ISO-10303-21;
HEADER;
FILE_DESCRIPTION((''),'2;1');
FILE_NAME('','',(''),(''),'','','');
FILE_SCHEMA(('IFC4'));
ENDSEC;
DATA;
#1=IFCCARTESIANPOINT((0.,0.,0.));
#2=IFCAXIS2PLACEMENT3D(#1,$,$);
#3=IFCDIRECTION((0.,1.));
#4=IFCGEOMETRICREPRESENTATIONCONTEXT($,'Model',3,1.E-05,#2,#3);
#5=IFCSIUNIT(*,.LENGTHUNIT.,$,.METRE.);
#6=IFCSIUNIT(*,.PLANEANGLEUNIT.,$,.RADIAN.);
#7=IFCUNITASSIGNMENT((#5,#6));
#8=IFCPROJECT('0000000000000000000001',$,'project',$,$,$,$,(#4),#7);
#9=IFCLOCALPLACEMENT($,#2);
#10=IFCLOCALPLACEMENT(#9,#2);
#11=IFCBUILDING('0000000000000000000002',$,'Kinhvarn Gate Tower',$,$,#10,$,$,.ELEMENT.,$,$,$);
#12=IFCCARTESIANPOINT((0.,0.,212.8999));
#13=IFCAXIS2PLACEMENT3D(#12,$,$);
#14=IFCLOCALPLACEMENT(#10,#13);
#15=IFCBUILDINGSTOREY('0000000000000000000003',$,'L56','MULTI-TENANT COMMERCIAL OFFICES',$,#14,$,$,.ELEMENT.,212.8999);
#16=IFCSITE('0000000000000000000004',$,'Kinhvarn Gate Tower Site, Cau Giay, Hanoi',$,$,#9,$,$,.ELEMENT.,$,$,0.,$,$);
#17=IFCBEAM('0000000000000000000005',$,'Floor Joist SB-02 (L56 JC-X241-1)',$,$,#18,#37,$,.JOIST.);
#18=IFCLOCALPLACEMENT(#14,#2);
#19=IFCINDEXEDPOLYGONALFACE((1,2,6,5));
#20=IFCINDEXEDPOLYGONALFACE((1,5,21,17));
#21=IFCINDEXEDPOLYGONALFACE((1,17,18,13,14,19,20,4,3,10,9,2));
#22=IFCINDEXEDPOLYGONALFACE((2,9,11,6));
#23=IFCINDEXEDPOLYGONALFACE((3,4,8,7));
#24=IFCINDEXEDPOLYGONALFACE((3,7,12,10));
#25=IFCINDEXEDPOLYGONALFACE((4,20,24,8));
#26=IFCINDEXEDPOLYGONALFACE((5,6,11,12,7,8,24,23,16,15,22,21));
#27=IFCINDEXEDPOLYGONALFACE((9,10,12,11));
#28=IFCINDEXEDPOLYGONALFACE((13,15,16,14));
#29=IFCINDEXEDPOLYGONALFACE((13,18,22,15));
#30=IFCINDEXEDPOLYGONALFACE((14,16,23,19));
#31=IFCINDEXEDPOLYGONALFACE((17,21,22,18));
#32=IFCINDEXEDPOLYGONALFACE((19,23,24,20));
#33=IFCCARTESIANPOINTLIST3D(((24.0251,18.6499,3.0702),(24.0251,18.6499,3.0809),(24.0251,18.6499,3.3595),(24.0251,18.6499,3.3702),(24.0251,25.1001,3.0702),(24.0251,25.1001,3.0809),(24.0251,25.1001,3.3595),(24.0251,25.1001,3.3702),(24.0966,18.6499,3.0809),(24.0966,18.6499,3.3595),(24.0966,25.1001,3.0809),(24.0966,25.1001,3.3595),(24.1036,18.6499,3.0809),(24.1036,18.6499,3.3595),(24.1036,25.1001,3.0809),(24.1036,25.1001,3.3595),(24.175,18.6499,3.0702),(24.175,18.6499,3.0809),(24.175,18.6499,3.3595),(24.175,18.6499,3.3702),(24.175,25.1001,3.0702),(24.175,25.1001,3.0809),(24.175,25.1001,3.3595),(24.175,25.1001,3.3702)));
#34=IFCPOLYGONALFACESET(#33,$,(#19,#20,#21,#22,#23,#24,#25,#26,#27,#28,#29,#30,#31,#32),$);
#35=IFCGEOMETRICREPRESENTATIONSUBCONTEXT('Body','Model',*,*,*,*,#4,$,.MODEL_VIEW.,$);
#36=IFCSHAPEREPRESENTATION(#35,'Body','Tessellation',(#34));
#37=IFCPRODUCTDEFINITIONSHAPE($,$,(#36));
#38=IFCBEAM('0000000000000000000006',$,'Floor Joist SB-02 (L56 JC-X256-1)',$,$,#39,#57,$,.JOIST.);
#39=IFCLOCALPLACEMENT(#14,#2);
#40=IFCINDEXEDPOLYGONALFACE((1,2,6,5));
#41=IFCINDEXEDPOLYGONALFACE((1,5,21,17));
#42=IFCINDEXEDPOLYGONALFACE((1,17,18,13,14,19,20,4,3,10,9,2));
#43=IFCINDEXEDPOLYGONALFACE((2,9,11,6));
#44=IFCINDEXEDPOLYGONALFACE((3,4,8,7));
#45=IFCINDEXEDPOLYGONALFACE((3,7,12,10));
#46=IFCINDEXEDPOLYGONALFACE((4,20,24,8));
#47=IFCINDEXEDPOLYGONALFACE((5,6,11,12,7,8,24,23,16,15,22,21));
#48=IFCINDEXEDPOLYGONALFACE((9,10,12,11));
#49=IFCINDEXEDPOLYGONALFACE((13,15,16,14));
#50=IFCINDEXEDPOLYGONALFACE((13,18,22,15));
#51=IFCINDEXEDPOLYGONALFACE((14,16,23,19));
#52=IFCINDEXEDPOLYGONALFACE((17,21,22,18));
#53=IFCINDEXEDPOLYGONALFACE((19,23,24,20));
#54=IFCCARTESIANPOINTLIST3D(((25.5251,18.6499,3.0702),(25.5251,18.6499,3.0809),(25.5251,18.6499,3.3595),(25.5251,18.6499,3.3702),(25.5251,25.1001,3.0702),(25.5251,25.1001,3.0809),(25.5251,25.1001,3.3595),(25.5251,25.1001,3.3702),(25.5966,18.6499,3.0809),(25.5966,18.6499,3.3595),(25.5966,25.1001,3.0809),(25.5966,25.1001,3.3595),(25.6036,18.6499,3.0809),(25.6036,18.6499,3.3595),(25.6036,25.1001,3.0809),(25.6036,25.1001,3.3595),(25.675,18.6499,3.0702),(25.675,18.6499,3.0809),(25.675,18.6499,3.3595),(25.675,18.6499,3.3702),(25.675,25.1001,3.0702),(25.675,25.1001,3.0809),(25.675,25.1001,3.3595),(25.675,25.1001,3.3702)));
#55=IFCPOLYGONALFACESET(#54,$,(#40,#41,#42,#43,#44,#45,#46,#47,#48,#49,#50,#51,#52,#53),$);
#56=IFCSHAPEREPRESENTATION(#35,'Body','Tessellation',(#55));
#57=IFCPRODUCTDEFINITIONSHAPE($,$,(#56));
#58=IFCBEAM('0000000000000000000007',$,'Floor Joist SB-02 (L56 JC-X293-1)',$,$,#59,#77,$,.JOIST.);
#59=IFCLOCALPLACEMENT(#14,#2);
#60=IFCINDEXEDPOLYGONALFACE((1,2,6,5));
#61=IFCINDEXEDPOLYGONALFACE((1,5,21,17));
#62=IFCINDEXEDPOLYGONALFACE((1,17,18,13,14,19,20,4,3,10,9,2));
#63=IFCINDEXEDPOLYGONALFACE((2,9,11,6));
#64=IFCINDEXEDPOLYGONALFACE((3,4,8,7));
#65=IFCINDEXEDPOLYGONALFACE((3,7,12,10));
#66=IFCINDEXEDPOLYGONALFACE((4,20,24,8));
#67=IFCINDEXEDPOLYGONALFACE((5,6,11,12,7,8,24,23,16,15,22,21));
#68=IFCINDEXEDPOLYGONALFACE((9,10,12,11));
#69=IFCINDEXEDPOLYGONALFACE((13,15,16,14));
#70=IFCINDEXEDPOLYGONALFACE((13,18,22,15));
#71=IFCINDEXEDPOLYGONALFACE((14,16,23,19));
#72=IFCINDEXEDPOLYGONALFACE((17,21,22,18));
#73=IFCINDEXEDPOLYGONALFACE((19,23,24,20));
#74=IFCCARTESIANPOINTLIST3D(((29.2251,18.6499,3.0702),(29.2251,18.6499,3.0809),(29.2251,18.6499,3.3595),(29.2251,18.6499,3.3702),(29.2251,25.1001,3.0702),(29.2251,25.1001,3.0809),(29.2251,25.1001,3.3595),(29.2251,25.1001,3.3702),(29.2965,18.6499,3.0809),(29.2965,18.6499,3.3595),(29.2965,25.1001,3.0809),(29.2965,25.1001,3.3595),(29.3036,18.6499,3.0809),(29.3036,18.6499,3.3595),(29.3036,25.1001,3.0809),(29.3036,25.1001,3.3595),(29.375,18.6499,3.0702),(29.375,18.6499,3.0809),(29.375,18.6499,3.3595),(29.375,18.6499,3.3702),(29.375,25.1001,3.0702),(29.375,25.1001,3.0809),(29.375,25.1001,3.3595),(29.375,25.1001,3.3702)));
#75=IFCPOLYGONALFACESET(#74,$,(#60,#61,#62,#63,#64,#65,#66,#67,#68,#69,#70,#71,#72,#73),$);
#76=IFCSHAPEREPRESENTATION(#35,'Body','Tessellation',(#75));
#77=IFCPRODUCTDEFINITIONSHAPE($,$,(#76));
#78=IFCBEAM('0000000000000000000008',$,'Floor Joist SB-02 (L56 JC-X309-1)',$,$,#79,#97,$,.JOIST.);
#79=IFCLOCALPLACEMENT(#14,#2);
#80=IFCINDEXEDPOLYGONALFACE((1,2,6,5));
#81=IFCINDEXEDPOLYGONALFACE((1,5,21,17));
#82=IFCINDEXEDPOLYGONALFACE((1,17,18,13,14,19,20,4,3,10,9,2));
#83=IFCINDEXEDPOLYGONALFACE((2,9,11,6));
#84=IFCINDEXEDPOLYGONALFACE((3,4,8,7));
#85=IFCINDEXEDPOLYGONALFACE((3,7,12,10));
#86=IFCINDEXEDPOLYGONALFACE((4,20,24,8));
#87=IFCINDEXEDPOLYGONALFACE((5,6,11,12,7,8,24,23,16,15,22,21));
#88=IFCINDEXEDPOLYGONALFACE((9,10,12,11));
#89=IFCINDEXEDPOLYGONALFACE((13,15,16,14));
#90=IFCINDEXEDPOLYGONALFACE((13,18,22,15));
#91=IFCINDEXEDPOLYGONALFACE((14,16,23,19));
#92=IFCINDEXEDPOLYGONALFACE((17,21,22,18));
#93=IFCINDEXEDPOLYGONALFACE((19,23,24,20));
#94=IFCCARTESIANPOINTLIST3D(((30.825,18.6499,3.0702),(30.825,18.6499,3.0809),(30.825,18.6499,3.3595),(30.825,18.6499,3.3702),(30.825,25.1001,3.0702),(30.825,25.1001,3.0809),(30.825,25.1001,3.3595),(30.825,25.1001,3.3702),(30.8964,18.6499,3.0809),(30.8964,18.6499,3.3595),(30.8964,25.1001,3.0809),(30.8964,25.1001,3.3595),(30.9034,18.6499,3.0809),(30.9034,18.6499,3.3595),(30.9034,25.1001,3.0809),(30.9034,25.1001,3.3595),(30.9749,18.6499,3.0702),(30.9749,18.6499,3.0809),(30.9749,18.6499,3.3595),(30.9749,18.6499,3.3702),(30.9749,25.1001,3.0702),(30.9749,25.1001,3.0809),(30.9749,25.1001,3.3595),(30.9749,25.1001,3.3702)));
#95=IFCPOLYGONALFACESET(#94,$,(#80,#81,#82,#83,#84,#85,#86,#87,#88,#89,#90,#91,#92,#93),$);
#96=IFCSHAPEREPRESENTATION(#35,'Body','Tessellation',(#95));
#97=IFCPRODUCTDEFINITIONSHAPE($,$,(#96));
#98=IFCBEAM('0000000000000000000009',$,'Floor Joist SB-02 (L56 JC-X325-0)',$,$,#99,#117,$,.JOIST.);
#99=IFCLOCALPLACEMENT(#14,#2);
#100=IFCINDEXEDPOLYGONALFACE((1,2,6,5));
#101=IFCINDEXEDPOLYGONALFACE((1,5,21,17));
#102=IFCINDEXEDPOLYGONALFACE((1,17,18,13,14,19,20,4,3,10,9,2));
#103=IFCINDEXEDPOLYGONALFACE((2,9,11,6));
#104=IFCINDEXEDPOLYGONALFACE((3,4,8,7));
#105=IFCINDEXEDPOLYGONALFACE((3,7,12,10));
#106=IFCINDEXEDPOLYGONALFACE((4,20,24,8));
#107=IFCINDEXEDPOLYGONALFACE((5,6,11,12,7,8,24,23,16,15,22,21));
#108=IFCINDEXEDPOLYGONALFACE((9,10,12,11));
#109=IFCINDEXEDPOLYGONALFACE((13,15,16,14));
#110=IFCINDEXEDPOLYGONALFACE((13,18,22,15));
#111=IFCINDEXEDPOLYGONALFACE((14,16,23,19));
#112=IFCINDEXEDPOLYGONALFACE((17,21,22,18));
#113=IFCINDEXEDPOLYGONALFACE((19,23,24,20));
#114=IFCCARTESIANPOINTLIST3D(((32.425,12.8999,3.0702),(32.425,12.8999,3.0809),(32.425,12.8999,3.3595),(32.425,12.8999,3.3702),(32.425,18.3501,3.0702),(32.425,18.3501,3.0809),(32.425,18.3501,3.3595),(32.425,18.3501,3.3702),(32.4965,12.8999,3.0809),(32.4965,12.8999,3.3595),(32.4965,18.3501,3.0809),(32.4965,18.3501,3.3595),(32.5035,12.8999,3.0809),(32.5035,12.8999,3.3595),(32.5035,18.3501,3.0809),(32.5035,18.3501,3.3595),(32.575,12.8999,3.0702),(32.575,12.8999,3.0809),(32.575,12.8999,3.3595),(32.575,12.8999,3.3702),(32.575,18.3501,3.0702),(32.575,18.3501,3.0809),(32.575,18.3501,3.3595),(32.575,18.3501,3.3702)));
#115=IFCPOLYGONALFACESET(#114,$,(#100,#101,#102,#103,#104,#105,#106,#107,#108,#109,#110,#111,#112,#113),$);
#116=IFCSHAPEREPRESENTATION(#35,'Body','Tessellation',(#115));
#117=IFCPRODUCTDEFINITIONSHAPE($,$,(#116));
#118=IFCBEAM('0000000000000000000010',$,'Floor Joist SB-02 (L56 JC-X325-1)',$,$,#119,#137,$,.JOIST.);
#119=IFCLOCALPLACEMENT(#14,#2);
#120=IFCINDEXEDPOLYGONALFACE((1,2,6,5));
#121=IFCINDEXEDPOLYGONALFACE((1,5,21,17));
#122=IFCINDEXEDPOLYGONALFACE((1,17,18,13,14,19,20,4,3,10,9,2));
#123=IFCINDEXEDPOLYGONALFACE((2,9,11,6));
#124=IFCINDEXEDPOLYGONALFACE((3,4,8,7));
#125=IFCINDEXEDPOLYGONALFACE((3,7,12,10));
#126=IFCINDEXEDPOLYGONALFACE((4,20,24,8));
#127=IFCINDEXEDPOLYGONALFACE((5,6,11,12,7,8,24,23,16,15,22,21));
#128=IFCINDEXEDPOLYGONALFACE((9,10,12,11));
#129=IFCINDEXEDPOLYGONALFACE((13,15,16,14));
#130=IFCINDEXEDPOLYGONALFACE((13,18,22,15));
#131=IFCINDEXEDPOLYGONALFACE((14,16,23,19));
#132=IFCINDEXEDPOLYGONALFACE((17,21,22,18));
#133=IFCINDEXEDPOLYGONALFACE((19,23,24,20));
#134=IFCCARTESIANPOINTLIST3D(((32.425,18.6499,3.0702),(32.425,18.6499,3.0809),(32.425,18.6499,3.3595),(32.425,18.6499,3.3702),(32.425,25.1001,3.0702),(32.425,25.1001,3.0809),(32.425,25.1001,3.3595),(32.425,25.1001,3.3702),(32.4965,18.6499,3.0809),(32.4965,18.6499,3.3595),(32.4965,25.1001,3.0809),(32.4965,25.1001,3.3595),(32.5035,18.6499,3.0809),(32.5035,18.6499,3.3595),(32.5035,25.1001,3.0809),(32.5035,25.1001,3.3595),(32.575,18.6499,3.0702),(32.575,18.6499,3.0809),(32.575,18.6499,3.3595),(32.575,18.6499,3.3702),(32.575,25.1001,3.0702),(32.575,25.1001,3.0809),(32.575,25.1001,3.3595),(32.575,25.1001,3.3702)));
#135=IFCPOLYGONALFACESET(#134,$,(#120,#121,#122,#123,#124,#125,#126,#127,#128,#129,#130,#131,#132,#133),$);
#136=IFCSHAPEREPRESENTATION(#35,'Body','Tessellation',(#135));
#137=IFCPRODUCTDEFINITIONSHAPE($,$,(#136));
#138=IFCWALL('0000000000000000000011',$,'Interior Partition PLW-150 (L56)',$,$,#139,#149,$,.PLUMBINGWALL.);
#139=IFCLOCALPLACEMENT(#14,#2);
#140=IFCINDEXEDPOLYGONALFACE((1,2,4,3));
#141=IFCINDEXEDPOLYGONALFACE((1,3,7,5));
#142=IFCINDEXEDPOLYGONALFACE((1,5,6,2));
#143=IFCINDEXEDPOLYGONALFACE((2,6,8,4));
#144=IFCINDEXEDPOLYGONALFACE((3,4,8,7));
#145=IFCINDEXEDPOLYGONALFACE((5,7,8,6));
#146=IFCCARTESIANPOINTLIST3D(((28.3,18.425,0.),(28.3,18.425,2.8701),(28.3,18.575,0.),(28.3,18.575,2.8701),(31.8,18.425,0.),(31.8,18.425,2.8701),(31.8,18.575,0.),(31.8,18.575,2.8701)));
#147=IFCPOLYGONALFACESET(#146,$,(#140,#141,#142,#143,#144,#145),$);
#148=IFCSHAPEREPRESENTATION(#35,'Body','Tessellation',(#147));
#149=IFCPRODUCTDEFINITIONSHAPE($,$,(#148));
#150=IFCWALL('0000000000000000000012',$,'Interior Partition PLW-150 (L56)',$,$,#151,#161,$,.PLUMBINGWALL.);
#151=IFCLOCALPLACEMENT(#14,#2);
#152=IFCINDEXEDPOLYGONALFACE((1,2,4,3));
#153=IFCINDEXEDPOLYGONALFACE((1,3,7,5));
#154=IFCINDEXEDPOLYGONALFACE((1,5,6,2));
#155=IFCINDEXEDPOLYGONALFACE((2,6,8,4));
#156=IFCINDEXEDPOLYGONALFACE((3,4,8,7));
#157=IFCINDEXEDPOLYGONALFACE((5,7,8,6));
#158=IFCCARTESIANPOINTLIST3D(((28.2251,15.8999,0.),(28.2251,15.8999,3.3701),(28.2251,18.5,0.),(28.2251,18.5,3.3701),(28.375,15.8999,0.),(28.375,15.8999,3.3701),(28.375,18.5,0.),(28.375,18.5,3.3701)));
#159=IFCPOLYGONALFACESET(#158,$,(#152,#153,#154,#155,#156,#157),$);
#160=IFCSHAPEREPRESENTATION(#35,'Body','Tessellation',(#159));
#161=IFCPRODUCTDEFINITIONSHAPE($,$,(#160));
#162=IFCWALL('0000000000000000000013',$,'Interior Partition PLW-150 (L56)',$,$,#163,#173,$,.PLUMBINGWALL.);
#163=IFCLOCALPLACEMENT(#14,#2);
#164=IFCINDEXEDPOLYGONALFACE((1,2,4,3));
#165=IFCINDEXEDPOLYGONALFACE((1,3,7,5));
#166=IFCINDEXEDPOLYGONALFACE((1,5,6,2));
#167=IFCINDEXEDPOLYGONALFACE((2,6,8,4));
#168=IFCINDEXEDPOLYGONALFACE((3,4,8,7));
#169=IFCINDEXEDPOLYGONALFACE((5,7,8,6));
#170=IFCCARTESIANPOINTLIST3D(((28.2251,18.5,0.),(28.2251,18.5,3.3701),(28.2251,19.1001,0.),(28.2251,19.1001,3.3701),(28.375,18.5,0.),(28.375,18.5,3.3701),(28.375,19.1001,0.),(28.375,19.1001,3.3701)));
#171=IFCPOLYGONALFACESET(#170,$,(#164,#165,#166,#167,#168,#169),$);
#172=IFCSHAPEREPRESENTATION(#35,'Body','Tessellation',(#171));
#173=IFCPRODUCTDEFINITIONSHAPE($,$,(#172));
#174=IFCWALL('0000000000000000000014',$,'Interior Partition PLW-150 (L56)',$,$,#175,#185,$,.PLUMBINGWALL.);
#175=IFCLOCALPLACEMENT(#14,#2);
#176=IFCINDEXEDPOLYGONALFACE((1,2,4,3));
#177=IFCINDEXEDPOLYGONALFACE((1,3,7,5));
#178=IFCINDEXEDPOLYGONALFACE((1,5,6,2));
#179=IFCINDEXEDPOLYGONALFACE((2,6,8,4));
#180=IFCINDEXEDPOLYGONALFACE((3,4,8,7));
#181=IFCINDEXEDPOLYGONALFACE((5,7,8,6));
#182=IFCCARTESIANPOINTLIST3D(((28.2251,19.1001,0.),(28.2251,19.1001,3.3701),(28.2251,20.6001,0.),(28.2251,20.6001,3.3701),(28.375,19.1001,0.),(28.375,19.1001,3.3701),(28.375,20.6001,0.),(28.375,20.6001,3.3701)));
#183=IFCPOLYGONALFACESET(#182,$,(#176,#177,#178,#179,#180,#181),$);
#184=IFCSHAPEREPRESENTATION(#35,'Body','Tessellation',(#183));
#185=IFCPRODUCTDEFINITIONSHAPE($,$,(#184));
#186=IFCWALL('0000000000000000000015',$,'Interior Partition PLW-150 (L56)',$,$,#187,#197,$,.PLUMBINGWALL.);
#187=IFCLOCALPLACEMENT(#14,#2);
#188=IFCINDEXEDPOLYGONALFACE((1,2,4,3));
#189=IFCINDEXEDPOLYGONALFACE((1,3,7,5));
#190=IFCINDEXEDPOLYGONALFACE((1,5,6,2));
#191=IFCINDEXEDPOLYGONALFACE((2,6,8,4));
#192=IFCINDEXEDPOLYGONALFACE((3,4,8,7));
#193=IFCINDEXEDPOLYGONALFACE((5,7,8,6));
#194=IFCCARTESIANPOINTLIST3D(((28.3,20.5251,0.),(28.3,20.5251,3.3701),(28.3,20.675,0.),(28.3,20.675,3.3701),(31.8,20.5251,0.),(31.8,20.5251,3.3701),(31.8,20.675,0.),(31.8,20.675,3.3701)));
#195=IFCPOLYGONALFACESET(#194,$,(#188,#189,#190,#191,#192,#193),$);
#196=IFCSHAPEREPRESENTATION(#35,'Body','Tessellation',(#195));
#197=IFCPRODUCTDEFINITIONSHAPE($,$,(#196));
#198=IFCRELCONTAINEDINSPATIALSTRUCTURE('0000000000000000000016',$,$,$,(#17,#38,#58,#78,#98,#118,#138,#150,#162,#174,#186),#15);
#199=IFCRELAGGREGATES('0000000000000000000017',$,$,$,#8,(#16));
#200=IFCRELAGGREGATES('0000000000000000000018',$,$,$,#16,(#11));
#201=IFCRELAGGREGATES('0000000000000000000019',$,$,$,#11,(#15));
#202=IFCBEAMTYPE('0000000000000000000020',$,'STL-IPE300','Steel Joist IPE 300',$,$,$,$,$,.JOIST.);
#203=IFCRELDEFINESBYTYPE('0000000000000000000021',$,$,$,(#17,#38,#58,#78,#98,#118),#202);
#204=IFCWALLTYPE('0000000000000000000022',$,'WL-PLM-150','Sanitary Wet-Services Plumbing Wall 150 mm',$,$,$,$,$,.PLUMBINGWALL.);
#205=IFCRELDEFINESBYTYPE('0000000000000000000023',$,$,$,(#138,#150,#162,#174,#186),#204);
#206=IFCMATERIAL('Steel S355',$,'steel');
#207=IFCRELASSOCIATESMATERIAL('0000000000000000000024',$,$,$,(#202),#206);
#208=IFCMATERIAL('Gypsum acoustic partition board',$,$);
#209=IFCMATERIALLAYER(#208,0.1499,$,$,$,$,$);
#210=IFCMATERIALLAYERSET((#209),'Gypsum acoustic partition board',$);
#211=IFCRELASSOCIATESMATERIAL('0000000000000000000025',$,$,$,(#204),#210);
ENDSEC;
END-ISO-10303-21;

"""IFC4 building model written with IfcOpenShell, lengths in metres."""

from ifc_helpers import new_model, si_unit, direction, frame, frame_2d, origin, origin_2d, place, context, subcontext, project, spatial, rectangle, i_section, extrude, material, layer, layer_set, material_profile, profile_set, type_object, element, save


model = new_model("IFC4")

# Units and contexts
model_context = context("Model", 3, precision=1e-05, world=origin(), true_north=direction((0.0, 1.0)))
body_context = subcontext(model_context, "Body", "Model", "MODEL_VIEW")
ifc_project = project(units=[si_unit("LENGTHUNIT", "METRE"), si_unit("PLANEANGLEUNIT", "RADIAN")], contexts=[model_context])

# Site, building, storey
site_placement = place(None, origin())
site = spatial("IfcSite", under=ifc_project, at=site_placement, Name="Kinhvarn Gate Tower Site, Cau Giay, Hanoi", CompositionType="ELEMENT", RefElevation=0.0)
building_placement = place(site_placement, origin())
building = spatial("IfcBuilding", under=site, at=building_placement, Name="Kinhvarn Gate Tower", CompositionType="ELEMENT")
storey_placement = place(building_placement, frame((0.0, 0.0, 212.8999)))
storey = spatial("IfcBuildingStorey", under=building, at=storey_placement, Name="L56", Description="MULTI-TENANT COMMERCIAL OFFICES", CompositionType="ELEMENT", Elevation=212.8999)

# Beams
ifc_material_1 = material(Name="Steel S355", Category="steel")
ifc_material_profile = material_profile(ifc_material_1, i_section(OverallWidth=0.1499, OverallDepth=0.3, WebThickness=0.0071, FlangeThickness=0.0107, at=origin_2d()), Name="IPE 300")
ifc_profile_set = profile_set([ifc_material_profile], Name="Steel S355")
beam_type = type_object("IfcBeamType", Name="STL-IPE300", Description="Steel Joist IPE 300", PredefinedType="JOIST", material=ifc_profile_set)
for number, where, z_axis, x_axis, name in (
    (1, (24.1001, 18.6499, 3.2202), (0.0, 1.0, 0.0), (-1.0, 0.0, 0.0), "Floor Joist SB-02 (L56 JC-X241-1)"),
    (2, (25.6001, 18.6499, 3.2202), (0.0, 1.0, 0.0), (-1.0, 0.0, 0.0), "Floor Joist SB-02 (L56 JC-X256-1)"),
    (3, (29.3, 18.6499, 3.2202), (0.0, 1.0, 0.0), (-1.0, 0.0, 0.0), "Floor Joist SB-02 (L56 JC-X293-1)"),
    (4, (30.8999, 18.6499, 3.2202), (0.0, 1.0, 0.0), (-1.0, 0.0, 0.0), "Floor Joist SB-02 (L56 JC-X309-1)"),
):
    element("IfcBeam", number, at=place(storey_placement, frame(where, z_axis=z_axis, x_axis=x_axis)), inside=storey, type_object=beam_type, Name=name, PredefinedType="JOIST", context=body_context, shape_type="SweptSolid", body=[
        extrude(i_section(OverallWidth=0.1499, OverallDepth=0.3, WebThickness=0.0071, FlangeThickness=0.0107, at=origin_2d()), origin(), (0.0, 0.0, 1.0), 6.4502),
    ])
beam_1_placement = place(storey_placement, frame((32.5, 12.8999, 3.2202), z_axis=(0.0, 1.0, 0.0), x_axis=(-1.0, 0.0, 0.0)))
element("IfcBeam", 5, at=beam_1_placement, inside=storey, type_object=beam_type, Name="Floor Joist SB-02 (L56 JC-X325-0)", PredefinedType="JOIST", context=body_context, shape_type="SweptSolid", body=[
    extrude(i_section(OverallWidth=0.1499, OverallDepth=0.3, WebThickness=0.0071, FlangeThickness=0.0107, at=origin_2d()), origin(), (0.0, 0.0, 1.0), 5.4502),
])
beam_2_placement = place(storey_placement, frame((32.5, 18.6499, 3.2202), z_axis=(0.0, 1.0, 0.0), x_axis=(-1.0, 0.0, 0.0)))
element("IfcBeam", 6, at=beam_2_placement, inside=storey, type_object=beam_type, Name="Floor Joist SB-02 (L56 JC-X325-1)", PredefinedType="JOIST", context=body_context, shape_type="SweptSolid", body=[
    extrude(i_section(OverallWidth=0.1499, OverallDepth=0.3, WebThickness=0.0071, FlangeThickness=0.0107, at=origin_2d()), origin(), (0.0, 0.0, 1.0), 6.4502),
])

# Walls
ifc_material_2 = material(Name="Gypsum acoustic partition board")
ifc_layer_1 = layer(ifc_material_2, 0.1499)
ifc_layer_set_1 = layer_set([ifc_layer_1], Name="Gypsum acoustic partition board")
wall_type_1 = type_object("IfcWallType", Name="WL-PLM-150", Description="Sanitary Wet-Services Plumbing Wall 150 mm", PredefinedType="PLUMBINGWALL", material=ifc_layer_set_1)
wall_1_placement = place(storey_placement, frame((28.3, 18.5, 0.0), z_axis=(0.0, 0.0, 1.0), x_axis=(1.0, 0.0, 0.0)))
element("IfcWall", 7, at=wall_1_placement, inside=storey, type_object=wall_type_1, Name="Interior Partition PLW-150 (L56)", PredefinedType="PLUMBINGWALL", context=body_context, shape_type="SweptSolid", body=[
    extrude(rectangle(XDim=3.5, YDim=0.1499, at=frame_2d((1.75, 0.0))), origin(), (0.0, 0.0, 1.0), 2.8701),
])
wall_2_placement = place(storey_placement, frame((28.3, 15.8999, 0.0), z_axis=(0.0, 0.0, 1.0), x_axis=(0.0, 1.0, 0.0)))
element("IfcWall", 8, at=wall_2_placement, inside=storey, type_object=wall_type_1, Name="Interior Partition PLW-150 (L56)", PredefinedType="PLUMBINGWALL", context=body_context, shape_type="SweptSolid", body=[
    extrude(rectangle(XDim=2.6001, YDim=0.1499, at=frame_2d((1.3, 0.0))), origin(), (0.0, 0.0, 1.0), 3.3701),
])
wall_3_placement = place(storey_placement, frame((28.3, 18.5, 0.0), z_axis=(0.0, 0.0, 1.0), x_axis=(0.0, 1.0, 0.0)))
element("IfcWall", 9, at=wall_3_placement, inside=storey, type_object=wall_type_1, Name="Interior Partition PLW-150 (L56)", PredefinedType="PLUMBINGWALL", context=body_context, shape_type="SweptSolid", body=[
    extrude(rectangle(XDim=0.6001, YDim=0.1499, at=frame_2d((0.3, 0.0))), origin(), (0.0, 0.0, 1.0), 3.3701),
])
wall_4_placement = place(storey_placement, frame((28.3, 19.1001, 0.0), z_axis=(0.0, 0.0, 1.0), x_axis=(0.0, 1.0, 0.0)))
element("IfcWall", 10, at=wall_4_placement, inside=storey, type_object=wall_type_1, Name="Interior Partition PLW-150 (L56)", PredefinedType="PLUMBINGWALL", context=body_context, shape_type="SweptSolid", body=[
    extrude(rectangle(XDim=1.5, YDim=0.1499, at=frame_2d((0.75, 0.0))), origin(), (0.0, 0.0, 1.0), 3.3701),
])
wall_5_placement = place(storey_placement, frame((28.3, 20.6001, 0.0), z_axis=(0.0, 0.0, 1.0), x_axis=(1.0, 0.0, 0.0)))
element("IfcWall", 11, at=wall_5_placement, inside=storey, type_object=wall_type_1, Name="Interior Partition PLW-150 (L56)", PredefinedType="PLUMBINGWALL", context=body_context, shape_type="SweptSolid", body=[
    extrude(rectangle(XDim=3.5, YDim=0.1499, at=frame_2d((1.75, 0.0))), origin(), (0.0, 0.0, 1.0), 3.3701),
])

save(model, "model.ifc")
